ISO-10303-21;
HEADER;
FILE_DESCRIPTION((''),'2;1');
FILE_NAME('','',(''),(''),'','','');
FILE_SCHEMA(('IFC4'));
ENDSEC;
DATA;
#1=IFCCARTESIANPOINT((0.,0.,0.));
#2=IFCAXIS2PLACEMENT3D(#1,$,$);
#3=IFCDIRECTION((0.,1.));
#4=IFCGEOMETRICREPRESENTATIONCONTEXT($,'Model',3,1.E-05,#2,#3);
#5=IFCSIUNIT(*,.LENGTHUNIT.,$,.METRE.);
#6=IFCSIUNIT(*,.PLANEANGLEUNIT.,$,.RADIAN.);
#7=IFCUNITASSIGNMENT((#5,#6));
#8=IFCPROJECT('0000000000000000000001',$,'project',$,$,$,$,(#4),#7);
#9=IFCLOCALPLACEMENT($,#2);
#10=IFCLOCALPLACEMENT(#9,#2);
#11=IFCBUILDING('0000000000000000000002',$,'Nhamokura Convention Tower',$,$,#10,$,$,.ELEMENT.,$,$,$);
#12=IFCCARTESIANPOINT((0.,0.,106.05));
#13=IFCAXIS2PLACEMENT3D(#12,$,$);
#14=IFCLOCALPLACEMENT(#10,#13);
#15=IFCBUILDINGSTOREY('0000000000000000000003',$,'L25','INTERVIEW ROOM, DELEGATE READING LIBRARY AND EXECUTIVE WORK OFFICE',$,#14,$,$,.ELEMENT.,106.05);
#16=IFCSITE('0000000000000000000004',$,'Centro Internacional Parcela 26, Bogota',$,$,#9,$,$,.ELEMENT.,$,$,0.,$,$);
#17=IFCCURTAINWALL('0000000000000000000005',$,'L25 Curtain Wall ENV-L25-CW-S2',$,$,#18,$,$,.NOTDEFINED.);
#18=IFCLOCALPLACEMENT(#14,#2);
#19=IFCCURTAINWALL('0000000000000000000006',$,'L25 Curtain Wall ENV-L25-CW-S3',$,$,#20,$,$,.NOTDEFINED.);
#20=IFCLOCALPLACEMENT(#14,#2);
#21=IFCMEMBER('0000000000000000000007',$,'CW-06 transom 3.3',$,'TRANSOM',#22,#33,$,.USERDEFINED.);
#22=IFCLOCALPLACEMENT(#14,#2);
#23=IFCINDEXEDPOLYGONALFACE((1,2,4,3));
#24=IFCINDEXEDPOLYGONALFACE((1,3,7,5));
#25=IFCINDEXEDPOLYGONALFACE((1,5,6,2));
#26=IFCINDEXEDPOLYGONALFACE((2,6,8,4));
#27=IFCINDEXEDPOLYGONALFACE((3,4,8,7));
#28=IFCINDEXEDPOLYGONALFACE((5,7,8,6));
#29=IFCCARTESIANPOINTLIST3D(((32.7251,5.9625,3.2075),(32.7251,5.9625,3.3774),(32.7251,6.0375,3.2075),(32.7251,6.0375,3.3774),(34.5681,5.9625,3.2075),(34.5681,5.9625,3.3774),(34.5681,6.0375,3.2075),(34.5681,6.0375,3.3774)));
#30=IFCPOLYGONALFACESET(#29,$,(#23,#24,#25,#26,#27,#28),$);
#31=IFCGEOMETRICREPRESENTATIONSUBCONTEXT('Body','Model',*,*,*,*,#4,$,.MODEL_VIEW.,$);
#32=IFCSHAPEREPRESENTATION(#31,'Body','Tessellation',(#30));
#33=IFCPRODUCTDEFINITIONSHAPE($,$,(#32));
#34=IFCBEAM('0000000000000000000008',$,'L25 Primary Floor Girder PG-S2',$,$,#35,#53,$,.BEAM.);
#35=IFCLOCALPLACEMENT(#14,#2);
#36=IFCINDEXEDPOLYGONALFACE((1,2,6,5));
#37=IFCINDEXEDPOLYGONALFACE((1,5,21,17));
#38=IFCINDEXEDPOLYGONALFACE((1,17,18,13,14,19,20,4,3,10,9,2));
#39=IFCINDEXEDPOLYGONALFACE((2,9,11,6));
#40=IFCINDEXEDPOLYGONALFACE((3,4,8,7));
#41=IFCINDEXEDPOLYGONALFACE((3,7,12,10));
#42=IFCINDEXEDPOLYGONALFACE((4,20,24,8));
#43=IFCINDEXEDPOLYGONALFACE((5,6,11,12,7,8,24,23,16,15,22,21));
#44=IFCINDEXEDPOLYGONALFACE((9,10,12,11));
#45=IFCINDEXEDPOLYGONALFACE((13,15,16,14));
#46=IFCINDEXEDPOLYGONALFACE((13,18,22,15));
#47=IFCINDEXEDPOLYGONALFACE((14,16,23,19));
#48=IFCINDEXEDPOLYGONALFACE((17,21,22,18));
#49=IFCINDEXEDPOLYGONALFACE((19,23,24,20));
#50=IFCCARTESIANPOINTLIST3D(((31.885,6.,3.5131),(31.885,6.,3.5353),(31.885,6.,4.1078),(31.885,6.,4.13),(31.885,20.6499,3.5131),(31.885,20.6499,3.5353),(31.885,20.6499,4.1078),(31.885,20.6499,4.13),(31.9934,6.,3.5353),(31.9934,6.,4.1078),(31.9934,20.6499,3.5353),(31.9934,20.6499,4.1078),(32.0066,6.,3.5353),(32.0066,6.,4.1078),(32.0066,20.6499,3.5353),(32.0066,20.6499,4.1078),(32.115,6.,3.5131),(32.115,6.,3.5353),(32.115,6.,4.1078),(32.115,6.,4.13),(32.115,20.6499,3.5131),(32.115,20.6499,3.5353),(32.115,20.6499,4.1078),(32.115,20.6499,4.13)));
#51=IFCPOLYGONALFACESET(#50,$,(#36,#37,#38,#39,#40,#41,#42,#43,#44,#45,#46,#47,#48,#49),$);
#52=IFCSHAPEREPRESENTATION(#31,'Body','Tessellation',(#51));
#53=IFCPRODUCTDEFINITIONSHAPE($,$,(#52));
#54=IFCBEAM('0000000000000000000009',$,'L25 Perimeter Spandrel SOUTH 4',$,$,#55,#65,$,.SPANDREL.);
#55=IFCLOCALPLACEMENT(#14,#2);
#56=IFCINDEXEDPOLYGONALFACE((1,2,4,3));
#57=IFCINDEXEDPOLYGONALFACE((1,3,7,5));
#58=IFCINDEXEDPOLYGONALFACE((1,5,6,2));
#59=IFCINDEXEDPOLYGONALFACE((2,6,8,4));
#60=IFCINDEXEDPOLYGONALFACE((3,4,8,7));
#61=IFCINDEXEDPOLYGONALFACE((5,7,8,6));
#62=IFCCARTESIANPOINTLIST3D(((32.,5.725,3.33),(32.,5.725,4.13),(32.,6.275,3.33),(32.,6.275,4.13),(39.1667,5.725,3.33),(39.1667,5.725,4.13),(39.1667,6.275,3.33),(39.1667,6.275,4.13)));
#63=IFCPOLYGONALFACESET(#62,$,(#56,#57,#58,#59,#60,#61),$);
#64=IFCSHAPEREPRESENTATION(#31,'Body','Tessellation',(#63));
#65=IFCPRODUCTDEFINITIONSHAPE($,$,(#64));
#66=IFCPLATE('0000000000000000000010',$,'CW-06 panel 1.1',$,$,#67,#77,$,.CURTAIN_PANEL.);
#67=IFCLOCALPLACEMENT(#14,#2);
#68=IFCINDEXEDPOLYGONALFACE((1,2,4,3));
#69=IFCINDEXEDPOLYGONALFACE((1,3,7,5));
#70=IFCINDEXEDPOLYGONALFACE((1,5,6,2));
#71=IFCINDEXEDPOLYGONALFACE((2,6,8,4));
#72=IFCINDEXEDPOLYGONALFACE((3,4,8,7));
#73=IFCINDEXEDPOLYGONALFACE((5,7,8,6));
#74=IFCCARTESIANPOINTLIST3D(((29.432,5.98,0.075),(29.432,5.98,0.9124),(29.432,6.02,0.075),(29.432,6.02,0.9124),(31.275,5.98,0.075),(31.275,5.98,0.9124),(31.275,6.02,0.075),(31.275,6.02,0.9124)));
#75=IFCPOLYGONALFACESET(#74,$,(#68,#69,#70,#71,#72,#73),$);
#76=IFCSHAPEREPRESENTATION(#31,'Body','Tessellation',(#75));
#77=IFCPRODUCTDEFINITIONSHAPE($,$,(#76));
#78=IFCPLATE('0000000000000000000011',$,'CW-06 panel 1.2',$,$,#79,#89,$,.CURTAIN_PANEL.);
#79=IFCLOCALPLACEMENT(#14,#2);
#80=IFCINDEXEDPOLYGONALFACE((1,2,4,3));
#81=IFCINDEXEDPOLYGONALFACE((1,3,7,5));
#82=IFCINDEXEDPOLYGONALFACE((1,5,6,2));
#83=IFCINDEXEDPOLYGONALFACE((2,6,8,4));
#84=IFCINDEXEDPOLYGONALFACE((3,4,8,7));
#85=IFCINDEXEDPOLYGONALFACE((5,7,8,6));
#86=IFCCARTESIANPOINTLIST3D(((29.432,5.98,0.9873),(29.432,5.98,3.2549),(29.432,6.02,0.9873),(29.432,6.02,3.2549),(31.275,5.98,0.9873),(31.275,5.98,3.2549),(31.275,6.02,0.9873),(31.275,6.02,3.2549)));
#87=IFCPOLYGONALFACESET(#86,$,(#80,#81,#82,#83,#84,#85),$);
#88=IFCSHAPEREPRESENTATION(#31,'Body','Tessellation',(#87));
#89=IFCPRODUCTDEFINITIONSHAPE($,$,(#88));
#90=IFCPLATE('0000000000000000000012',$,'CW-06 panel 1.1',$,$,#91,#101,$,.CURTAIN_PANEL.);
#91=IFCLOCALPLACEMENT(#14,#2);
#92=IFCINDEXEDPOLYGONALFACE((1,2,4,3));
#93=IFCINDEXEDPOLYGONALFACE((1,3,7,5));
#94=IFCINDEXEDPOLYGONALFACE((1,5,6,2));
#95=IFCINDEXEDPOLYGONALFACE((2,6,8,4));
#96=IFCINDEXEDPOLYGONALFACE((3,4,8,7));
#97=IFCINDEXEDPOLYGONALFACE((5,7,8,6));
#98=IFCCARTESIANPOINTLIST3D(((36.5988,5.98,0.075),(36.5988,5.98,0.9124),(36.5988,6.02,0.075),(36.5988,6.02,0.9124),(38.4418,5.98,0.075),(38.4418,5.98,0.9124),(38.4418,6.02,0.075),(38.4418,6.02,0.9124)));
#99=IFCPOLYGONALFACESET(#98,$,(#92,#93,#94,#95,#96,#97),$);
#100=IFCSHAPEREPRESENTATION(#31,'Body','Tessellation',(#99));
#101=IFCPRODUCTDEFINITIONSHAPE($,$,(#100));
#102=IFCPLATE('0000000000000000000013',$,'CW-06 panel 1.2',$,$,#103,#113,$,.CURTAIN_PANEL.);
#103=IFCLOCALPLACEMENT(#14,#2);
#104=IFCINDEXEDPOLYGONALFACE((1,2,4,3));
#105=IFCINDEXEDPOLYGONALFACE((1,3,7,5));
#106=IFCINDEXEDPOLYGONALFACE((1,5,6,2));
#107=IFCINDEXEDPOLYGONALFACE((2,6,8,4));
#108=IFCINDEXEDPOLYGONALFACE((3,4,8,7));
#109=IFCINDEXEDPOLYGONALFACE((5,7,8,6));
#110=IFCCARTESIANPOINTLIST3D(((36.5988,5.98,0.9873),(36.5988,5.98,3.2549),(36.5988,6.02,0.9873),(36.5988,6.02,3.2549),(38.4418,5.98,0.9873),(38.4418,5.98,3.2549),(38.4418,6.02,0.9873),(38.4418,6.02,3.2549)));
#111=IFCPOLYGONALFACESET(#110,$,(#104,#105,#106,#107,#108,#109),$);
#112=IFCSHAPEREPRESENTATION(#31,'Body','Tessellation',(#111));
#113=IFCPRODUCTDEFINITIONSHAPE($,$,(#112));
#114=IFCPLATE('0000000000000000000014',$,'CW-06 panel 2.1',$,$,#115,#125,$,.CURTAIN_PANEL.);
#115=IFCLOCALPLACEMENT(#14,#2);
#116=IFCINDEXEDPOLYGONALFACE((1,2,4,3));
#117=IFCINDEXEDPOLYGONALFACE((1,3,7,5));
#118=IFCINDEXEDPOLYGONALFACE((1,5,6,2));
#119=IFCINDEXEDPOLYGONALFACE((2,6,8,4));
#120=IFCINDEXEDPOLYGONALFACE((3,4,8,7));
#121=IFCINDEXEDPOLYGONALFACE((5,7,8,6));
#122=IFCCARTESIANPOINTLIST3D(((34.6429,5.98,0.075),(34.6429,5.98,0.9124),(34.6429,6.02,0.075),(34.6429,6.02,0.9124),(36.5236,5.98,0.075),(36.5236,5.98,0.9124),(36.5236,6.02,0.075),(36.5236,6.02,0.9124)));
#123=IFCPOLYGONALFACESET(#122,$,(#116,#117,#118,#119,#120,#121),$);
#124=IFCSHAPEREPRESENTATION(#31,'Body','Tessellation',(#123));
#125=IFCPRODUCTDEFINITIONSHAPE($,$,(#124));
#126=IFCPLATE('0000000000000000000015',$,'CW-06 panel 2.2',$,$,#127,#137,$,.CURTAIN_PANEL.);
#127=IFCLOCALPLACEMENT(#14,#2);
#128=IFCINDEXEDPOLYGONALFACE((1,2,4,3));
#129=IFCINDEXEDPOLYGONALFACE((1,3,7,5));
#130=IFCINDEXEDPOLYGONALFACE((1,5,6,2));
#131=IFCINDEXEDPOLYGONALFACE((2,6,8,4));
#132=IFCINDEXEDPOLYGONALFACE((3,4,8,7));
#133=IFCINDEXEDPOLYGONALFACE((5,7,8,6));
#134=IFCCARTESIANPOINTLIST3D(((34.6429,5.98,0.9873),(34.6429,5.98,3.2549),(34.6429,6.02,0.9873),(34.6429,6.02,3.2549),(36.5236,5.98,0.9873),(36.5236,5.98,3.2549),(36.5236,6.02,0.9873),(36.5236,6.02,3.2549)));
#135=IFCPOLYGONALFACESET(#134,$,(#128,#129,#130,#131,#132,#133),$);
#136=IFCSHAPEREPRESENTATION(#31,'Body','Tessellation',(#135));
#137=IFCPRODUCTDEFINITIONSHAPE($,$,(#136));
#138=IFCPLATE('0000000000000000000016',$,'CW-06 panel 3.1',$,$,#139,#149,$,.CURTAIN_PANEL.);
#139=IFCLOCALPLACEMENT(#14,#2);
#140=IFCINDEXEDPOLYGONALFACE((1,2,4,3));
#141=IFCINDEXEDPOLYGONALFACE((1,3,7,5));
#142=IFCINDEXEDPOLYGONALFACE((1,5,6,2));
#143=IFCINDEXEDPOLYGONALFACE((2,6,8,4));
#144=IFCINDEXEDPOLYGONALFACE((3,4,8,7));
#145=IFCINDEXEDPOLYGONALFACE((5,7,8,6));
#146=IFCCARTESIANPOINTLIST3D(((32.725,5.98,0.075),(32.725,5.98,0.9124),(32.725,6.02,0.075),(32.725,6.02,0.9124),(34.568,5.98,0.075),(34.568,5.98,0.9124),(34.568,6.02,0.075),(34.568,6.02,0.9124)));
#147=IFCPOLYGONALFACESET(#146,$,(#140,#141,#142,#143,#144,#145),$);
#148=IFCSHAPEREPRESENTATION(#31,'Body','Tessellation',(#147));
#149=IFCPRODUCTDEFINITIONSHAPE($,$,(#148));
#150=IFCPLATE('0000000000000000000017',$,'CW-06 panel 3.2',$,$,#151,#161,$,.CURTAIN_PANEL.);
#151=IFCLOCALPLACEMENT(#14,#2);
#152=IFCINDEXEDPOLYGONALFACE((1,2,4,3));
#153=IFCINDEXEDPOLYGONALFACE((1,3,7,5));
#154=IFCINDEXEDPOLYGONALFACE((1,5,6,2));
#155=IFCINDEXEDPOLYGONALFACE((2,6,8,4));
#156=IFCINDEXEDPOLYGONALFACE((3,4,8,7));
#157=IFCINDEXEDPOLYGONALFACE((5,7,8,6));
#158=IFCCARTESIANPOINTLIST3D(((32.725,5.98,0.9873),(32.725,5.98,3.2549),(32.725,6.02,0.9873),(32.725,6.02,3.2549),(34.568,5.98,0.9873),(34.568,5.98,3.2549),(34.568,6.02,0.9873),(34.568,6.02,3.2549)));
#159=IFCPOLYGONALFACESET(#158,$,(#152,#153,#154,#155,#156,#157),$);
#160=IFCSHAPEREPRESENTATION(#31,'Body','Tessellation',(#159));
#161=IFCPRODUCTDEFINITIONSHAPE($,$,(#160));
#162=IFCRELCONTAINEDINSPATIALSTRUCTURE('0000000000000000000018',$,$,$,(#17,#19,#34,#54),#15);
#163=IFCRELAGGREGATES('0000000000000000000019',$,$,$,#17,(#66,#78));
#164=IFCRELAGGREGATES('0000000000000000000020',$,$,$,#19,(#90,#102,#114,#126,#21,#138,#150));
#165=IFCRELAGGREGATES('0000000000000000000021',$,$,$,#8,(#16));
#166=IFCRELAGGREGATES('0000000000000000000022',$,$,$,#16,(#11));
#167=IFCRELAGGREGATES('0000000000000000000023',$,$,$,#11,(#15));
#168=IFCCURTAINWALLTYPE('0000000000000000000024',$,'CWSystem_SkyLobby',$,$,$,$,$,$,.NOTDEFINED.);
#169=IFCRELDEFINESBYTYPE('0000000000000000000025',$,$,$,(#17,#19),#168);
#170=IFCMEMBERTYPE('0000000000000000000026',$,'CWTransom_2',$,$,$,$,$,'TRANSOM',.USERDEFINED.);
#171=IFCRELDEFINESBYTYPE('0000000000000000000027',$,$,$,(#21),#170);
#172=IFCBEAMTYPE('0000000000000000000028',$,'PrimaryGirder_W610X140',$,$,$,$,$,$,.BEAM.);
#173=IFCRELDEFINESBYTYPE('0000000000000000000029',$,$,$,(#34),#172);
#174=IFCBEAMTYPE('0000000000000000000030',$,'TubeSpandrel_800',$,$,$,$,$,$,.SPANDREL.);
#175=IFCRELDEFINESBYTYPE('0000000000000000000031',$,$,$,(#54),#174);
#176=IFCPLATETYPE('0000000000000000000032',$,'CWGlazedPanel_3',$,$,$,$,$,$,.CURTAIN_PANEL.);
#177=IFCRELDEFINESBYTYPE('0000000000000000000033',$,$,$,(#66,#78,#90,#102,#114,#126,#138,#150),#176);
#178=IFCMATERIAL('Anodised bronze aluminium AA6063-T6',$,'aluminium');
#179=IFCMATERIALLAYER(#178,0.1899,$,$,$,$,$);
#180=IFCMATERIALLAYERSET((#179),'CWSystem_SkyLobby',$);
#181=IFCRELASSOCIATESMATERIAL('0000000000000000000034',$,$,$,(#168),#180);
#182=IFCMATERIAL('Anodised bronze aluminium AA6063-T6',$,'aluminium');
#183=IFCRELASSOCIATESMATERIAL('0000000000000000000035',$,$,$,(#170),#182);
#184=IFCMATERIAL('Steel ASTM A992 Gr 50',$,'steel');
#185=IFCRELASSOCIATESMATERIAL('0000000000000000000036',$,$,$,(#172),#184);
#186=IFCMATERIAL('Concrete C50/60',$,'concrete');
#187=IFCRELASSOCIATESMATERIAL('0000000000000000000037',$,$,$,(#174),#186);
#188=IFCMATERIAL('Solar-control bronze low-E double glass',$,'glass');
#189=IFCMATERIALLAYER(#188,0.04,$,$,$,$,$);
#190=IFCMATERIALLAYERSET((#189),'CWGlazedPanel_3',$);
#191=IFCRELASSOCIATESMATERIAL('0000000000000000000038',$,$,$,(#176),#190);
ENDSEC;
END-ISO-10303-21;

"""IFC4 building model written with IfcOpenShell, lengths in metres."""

from ifc_helpers import new_model, si_unit, direction, frame, origin, origin_2d, place, context, subcontext, project, spatial, rectangle, i_section, extrude, material, layer, layer_set, material_profile, profile_set, type_object, element, aggregate, save


model = new_model("IFC4")

# Units and contexts
model_context = context("Model", 3, precision=1e-05, world=origin(), true_north=direction((0.0, 1.0)))
body_context = subcontext(model_context, "Body", "Model", "MODEL_VIEW")
ifc_project = project(units=[si_unit("LENGTHUNIT", "METRE"), si_unit("PLANEANGLEUNIT", "RADIAN")], contexts=[model_context])

# Site, building, storey
site_placement = place(None, origin())
site = spatial("IfcSite", under=ifc_project, at=site_placement, Name="Centro Internacional Parcela 26, Bogota", CompositionType="ELEMENT", RefElevation=0.0)
building_placement = place(site_placement, origin())
building = spatial("IfcBuilding", under=site, at=building_placement, Name="Nhamokura Convention Tower", CompositionType="ELEMENT")
storey_placement = place(building_placement, frame((0.0, 0.0, 106.05)))
storey = spatial("IfcBuildingStorey", under=building, at=storey_placement, Name="L25", Description="INTERVIEW ROOM, DELEGATE READING LIBRARY AND EXECUTIVE WORK OFFICE", CompositionType="ELEMENT", Elevation=106.05)

# Curtain wall
ifc_material_1 = material(Name="Anodised bronze aluminium AA6063-T6", Category="aluminium")
ifc_layer_1 = layer(ifc_material_1, 0.1899)
ifc_layer_set_1 = layer_set([ifc_layer_1], Name="CWSystem_SkyLobby")
curtain_wall_type = type_object("IfcCurtainWallType", Name="CWSystem_SkyLobby", PredefinedType="NOTDEFINED", material=ifc_layer_set_1)
curtain_wall_1_placement = place(storey_placement, origin())
curtain_wall_1 = element("IfcCurtainWall", 1, at=curtain_wall_1_placement, inside=storey, type_object=curtain_wall_type, Name="L25 Curtain Wall ENV-L25-CW-S2", PredefinedType="NOTDEFINED")

# Curtain wall
curtain_wall_2_placement = place(storey_placement, origin())
curtain_wall_2 = element("IfcCurtainWall", 2, at=curtain_wall_2_placement, inside=storey, type_object=curtain_wall_type, Name="L25 Curtain Wall ENV-L25-CW-S3", PredefinedType="NOTDEFINED")

# Member
ifc_material_2 = material(Name="Anodised bronze aluminium AA6063-T6", Category="aluminium")
ifc_material_profile_1 = material_profile(ifc_material_2, rectangle(XDim=0.075, YDim=0.1699, at=origin_2d()))
ifc_profile_set_1 = profile_set([ifc_material_profile_1], Name="Anodised bronze aluminium AA6063-T6")
member_type_1 = type_object("IfcMemberType", Name="CWTransom_2", ElementType="TRANSOM", PredefinedType="USERDEFINED", material=ifc_profile_set_1)
member_1_placement = place(storey_placement, frame((34.5681, 6.0, 3.2925), z_axis=(-1.0, 0.0, 0.0), x_axis=(0.0, -1.0, 0.0)))
member_1 = element("IfcMember", 3, at=member_1_placement, type_object=member_type_1, Name="CW-06 transom 3.3", ObjectType="TRANSOM", PredefinedType="USERDEFINED", context=body_context, shape_type="SweptSolid", body=[
    extrude(rectangle(XDim=0.075, YDim=0.1699, at=origin_2d()), origin(), (0.0, 0.0, 1.0), 1.843),
])

# Beams
ifc_material_3 = material(Name="Steel ASTM A992 Gr 50", Category="steel")
ifc_material_profile_2 = material_profile(ifc_material_3, i_section(OverallWidth=0.23, OverallDepth=0.6169, WebThickness=0.0132, FlangeThickness=0.0222, at=origin_2d()))
ifc_profile_set_2 = profile_set([ifc_material_profile_2], Name="Steel ASTM A992 Gr 50")
beam_type_1 = type_object("IfcBeamType", Name="PrimaryGirder_W610X140", PredefinedType="BEAM", material=ifc_profile_set_2)
beam_1_placement = place(storey_placement, frame((32.0, 6.0, 3.8215), z_axis=(0.0, 1.0, 0.0), x_axis=(-1.0, 0.0, 0.0)))
element("IfcBeam", 4, at=beam_1_placement, inside=storey, type_object=beam_type_1, Name="L25 Primary Floor Girder PG-S2", PredefinedType="BEAM", context=body_context, shape_type="SweptSolid", body=[
    extrude(i_section(OverallWidth=0.23, OverallDepth=0.6169, WebThickness=0.0132, FlangeThickness=0.0222, at=origin_2d()), origin(), (0.0, 0.0, 1.0), 14.6499),
])
ifc_material_4 = material(Name="Concrete C50/60", Category="concrete")
ifc_material_profile_3 = material_profile(ifc_material_4, rectangle(XDim=0.55, YDim=0.8, at=origin_2d()))
ifc_profile_set_3 = profile_set([ifc_material_profile_3], Name="Concrete C50/60")
beam_type_2 = type_object("IfcBeamType", Name="TubeSpandrel_800", PredefinedType="SPANDREL", material=ifc_profile_set_3)
beam_2_placement = place(storey_placement, frame((32.0, 6.0, 3.73), z_axis=(1.0, 0.0, 0.0), x_axis=(0.0, 1.0, 0.0)))
element("IfcBeam", 5, at=beam_2_placement, inside=storey, type_object=beam_type_2, Name="L25 Perimeter Spandrel SOUTH 4", PredefinedType="SPANDREL", context=body_context, shape_type="SweptSolid", body=[
    extrude(rectangle(XDim=0.55, YDim=0.8, at=origin_2d()), origin(), (0.0, 0.0, 1.0), 7.1667),
])

# Plates
ifc_material_5 = material(Name="Solar-control bronze low-E double glass", Category="glass")
ifc_layer_2 = layer(ifc_material_5, 0.04)
ifc_layer_set_2 = layer_set([ifc_layer_2], Name="CWGlazedPanel_3")
plate_type = type_object("IfcPlateType", Name="CWGlazedPanel_3", PredefinedType="CURTAIN_PANEL", material=ifc_layer_set_2)
plate_1_placement = place(storey_placement, frame((30.3535, 6.0, 0.075), z_axis=(0.0, 0.0, 1.0), x_axis=(-1.0, 0.0, 0.0)))
plate_1 = element("IfcPlate", 6, at=plate_1_placement, type_object=plate_type, Name="CW-06 panel 1.1", PredefinedType="CURTAIN_PANEL", context=body_context, shape_type="SweptSolid", body=[
    extrude(rectangle(XDim=1.843, YDim=0.04, at=origin_2d()), origin(), (0.0, 0.0, 1.0), 0.8374),
])
plate_2_placement = place(storey_placement, frame((30.3535, 6.0, 0.9873), z_axis=(0.0, 0.0, 1.0), x_axis=(-1.0, 0.0, 0.0)))
plate_2 = element("IfcPlate", 7, at=plate_2_placement, type_object=plate_type, Name="CW-06 panel 1.2", PredefinedType="CURTAIN_PANEL", context=body_context, shape_type="SweptSolid", body=[
    extrude(rectangle(XDim=1.843, YDim=0.04, at=origin_2d()), origin(), (0.0, 0.0, 1.0), 2.2676),
])
aggregate(curtain_wall_1, [plate_1, plate_2])
plate_3_placement = place(storey_placement, frame((37.5203, 6.0, 0.075), z_axis=(0.0, 0.0, 1.0), x_axis=(-1.0, 0.0, 0.0)))
plate_3 = element("IfcPlate", 8, at=plate_3_placement, type_object=plate_type, Name="CW-06 panel 1.1", PredefinedType="CURTAIN_PANEL", context=body_context, shape_type="SweptSolid", body=[
    extrude(rectangle(XDim=1.843, YDim=0.04, at=origin_2d()), origin(), (0.0, 0.0, 1.0), 0.8374),
])
plate_4_placement = place(storey_placement, frame((37.5203, 6.0, 0.9873), z_axis=(0.0, 0.0, 1.0), x_axis=(-1.0, 0.0, 0.0)))
plate_4 = element("IfcPlate", 9, at=plate_4_placement, type_object=plate_type, Name="CW-06 panel 1.2", PredefinedType="CURTAIN_PANEL", context=body_context, shape_type="SweptSolid", body=[
    extrude(rectangle(XDim=1.843, YDim=0.04, at=origin_2d()), origin(), (0.0, 0.0, 1.0), 2.2676),
])
plate_5_placement = place(storey_placement, frame((35.5833, 6.0, 0.075), z_axis=(0.0, 0.0, 1.0), x_axis=(-1.0, 0.0, 0.0)))
plate_5 = element("IfcPlate", 10, at=plate_5_placement, type_object=plate_type, Name="CW-06 panel 2.1", PredefinedType="CURTAIN_PANEL", context=body_context, shape_type="SweptSolid", body=[
    extrude(rectangle(XDim=1.8806, YDim=0.04, at=origin_2d()), origin(), (0.0, 0.0, 1.0), 0.8374),
])
plate_6_placement = place(storey_placement, frame((35.5833, 6.0, 0.9873), z_axis=(0.0, 0.0, 1.0), x_axis=(-1.0, 0.0, 0.0)))
plate_6 = element("IfcPlate", 11, at=plate_6_placement, type_object=plate_type, Name="CW-06 panel 2.2", PredefinedType="CURTAIN_PANEL", context=body_context, shape_type="SweptSolid", body=[
    extrude(rectangle(XDim=1.8806, YDim=0.04, at=origin_2d()), origin(), (0.0, 0.0, 1.0), 2.2676),
])
plate_7_placement = place(storey_placement, frame((33.6465, 6.0, 0.075), z_axis=(0.0, 0.0, 1.0), x_axis=(-1.0, 0.0, 0.0)))
plate_7 = element("IfcPlate", 12, at=plate_7_placement, type_object=plate_type, Name="CW-06 panel 3.1", PredefinedType="CURTAIN_PANEL", context=body_context, shape_type="SweptSolid", body=[
    extrude(rectangle(XDim=1.843, YDim=0.04, at=origin_2d()), origin(), (0.0, 0.0, 1.0), 0.8374),
])
plate_8_placement = place(storey_placement, frame((33.6465, 6.0, 0.9873), z_axis=(0.0, 0.0, 1.0), x_axis=(-1.0, 0.0, 0.0)))
plate_8 = element("IfcPlate", 13, at=plate_8_placement, type_object=plate_type, Name="CW-06 panel 3.2", PredefinedType="CURTAIN_PANEL", context=body_context, shape_type="SweptSolid", body=[
    extrude(rectangle(XDim=1.843, YDim=0.04, at=origin_2d()), origin(), (0.0, 0.0, 1.0), 2.2676),
])
aggregate(curtain_wall_2, [plate_3, plate_4, plate_5, plate_6, member_1, plate_7, plate_8])

save(model, "model.ifc")
